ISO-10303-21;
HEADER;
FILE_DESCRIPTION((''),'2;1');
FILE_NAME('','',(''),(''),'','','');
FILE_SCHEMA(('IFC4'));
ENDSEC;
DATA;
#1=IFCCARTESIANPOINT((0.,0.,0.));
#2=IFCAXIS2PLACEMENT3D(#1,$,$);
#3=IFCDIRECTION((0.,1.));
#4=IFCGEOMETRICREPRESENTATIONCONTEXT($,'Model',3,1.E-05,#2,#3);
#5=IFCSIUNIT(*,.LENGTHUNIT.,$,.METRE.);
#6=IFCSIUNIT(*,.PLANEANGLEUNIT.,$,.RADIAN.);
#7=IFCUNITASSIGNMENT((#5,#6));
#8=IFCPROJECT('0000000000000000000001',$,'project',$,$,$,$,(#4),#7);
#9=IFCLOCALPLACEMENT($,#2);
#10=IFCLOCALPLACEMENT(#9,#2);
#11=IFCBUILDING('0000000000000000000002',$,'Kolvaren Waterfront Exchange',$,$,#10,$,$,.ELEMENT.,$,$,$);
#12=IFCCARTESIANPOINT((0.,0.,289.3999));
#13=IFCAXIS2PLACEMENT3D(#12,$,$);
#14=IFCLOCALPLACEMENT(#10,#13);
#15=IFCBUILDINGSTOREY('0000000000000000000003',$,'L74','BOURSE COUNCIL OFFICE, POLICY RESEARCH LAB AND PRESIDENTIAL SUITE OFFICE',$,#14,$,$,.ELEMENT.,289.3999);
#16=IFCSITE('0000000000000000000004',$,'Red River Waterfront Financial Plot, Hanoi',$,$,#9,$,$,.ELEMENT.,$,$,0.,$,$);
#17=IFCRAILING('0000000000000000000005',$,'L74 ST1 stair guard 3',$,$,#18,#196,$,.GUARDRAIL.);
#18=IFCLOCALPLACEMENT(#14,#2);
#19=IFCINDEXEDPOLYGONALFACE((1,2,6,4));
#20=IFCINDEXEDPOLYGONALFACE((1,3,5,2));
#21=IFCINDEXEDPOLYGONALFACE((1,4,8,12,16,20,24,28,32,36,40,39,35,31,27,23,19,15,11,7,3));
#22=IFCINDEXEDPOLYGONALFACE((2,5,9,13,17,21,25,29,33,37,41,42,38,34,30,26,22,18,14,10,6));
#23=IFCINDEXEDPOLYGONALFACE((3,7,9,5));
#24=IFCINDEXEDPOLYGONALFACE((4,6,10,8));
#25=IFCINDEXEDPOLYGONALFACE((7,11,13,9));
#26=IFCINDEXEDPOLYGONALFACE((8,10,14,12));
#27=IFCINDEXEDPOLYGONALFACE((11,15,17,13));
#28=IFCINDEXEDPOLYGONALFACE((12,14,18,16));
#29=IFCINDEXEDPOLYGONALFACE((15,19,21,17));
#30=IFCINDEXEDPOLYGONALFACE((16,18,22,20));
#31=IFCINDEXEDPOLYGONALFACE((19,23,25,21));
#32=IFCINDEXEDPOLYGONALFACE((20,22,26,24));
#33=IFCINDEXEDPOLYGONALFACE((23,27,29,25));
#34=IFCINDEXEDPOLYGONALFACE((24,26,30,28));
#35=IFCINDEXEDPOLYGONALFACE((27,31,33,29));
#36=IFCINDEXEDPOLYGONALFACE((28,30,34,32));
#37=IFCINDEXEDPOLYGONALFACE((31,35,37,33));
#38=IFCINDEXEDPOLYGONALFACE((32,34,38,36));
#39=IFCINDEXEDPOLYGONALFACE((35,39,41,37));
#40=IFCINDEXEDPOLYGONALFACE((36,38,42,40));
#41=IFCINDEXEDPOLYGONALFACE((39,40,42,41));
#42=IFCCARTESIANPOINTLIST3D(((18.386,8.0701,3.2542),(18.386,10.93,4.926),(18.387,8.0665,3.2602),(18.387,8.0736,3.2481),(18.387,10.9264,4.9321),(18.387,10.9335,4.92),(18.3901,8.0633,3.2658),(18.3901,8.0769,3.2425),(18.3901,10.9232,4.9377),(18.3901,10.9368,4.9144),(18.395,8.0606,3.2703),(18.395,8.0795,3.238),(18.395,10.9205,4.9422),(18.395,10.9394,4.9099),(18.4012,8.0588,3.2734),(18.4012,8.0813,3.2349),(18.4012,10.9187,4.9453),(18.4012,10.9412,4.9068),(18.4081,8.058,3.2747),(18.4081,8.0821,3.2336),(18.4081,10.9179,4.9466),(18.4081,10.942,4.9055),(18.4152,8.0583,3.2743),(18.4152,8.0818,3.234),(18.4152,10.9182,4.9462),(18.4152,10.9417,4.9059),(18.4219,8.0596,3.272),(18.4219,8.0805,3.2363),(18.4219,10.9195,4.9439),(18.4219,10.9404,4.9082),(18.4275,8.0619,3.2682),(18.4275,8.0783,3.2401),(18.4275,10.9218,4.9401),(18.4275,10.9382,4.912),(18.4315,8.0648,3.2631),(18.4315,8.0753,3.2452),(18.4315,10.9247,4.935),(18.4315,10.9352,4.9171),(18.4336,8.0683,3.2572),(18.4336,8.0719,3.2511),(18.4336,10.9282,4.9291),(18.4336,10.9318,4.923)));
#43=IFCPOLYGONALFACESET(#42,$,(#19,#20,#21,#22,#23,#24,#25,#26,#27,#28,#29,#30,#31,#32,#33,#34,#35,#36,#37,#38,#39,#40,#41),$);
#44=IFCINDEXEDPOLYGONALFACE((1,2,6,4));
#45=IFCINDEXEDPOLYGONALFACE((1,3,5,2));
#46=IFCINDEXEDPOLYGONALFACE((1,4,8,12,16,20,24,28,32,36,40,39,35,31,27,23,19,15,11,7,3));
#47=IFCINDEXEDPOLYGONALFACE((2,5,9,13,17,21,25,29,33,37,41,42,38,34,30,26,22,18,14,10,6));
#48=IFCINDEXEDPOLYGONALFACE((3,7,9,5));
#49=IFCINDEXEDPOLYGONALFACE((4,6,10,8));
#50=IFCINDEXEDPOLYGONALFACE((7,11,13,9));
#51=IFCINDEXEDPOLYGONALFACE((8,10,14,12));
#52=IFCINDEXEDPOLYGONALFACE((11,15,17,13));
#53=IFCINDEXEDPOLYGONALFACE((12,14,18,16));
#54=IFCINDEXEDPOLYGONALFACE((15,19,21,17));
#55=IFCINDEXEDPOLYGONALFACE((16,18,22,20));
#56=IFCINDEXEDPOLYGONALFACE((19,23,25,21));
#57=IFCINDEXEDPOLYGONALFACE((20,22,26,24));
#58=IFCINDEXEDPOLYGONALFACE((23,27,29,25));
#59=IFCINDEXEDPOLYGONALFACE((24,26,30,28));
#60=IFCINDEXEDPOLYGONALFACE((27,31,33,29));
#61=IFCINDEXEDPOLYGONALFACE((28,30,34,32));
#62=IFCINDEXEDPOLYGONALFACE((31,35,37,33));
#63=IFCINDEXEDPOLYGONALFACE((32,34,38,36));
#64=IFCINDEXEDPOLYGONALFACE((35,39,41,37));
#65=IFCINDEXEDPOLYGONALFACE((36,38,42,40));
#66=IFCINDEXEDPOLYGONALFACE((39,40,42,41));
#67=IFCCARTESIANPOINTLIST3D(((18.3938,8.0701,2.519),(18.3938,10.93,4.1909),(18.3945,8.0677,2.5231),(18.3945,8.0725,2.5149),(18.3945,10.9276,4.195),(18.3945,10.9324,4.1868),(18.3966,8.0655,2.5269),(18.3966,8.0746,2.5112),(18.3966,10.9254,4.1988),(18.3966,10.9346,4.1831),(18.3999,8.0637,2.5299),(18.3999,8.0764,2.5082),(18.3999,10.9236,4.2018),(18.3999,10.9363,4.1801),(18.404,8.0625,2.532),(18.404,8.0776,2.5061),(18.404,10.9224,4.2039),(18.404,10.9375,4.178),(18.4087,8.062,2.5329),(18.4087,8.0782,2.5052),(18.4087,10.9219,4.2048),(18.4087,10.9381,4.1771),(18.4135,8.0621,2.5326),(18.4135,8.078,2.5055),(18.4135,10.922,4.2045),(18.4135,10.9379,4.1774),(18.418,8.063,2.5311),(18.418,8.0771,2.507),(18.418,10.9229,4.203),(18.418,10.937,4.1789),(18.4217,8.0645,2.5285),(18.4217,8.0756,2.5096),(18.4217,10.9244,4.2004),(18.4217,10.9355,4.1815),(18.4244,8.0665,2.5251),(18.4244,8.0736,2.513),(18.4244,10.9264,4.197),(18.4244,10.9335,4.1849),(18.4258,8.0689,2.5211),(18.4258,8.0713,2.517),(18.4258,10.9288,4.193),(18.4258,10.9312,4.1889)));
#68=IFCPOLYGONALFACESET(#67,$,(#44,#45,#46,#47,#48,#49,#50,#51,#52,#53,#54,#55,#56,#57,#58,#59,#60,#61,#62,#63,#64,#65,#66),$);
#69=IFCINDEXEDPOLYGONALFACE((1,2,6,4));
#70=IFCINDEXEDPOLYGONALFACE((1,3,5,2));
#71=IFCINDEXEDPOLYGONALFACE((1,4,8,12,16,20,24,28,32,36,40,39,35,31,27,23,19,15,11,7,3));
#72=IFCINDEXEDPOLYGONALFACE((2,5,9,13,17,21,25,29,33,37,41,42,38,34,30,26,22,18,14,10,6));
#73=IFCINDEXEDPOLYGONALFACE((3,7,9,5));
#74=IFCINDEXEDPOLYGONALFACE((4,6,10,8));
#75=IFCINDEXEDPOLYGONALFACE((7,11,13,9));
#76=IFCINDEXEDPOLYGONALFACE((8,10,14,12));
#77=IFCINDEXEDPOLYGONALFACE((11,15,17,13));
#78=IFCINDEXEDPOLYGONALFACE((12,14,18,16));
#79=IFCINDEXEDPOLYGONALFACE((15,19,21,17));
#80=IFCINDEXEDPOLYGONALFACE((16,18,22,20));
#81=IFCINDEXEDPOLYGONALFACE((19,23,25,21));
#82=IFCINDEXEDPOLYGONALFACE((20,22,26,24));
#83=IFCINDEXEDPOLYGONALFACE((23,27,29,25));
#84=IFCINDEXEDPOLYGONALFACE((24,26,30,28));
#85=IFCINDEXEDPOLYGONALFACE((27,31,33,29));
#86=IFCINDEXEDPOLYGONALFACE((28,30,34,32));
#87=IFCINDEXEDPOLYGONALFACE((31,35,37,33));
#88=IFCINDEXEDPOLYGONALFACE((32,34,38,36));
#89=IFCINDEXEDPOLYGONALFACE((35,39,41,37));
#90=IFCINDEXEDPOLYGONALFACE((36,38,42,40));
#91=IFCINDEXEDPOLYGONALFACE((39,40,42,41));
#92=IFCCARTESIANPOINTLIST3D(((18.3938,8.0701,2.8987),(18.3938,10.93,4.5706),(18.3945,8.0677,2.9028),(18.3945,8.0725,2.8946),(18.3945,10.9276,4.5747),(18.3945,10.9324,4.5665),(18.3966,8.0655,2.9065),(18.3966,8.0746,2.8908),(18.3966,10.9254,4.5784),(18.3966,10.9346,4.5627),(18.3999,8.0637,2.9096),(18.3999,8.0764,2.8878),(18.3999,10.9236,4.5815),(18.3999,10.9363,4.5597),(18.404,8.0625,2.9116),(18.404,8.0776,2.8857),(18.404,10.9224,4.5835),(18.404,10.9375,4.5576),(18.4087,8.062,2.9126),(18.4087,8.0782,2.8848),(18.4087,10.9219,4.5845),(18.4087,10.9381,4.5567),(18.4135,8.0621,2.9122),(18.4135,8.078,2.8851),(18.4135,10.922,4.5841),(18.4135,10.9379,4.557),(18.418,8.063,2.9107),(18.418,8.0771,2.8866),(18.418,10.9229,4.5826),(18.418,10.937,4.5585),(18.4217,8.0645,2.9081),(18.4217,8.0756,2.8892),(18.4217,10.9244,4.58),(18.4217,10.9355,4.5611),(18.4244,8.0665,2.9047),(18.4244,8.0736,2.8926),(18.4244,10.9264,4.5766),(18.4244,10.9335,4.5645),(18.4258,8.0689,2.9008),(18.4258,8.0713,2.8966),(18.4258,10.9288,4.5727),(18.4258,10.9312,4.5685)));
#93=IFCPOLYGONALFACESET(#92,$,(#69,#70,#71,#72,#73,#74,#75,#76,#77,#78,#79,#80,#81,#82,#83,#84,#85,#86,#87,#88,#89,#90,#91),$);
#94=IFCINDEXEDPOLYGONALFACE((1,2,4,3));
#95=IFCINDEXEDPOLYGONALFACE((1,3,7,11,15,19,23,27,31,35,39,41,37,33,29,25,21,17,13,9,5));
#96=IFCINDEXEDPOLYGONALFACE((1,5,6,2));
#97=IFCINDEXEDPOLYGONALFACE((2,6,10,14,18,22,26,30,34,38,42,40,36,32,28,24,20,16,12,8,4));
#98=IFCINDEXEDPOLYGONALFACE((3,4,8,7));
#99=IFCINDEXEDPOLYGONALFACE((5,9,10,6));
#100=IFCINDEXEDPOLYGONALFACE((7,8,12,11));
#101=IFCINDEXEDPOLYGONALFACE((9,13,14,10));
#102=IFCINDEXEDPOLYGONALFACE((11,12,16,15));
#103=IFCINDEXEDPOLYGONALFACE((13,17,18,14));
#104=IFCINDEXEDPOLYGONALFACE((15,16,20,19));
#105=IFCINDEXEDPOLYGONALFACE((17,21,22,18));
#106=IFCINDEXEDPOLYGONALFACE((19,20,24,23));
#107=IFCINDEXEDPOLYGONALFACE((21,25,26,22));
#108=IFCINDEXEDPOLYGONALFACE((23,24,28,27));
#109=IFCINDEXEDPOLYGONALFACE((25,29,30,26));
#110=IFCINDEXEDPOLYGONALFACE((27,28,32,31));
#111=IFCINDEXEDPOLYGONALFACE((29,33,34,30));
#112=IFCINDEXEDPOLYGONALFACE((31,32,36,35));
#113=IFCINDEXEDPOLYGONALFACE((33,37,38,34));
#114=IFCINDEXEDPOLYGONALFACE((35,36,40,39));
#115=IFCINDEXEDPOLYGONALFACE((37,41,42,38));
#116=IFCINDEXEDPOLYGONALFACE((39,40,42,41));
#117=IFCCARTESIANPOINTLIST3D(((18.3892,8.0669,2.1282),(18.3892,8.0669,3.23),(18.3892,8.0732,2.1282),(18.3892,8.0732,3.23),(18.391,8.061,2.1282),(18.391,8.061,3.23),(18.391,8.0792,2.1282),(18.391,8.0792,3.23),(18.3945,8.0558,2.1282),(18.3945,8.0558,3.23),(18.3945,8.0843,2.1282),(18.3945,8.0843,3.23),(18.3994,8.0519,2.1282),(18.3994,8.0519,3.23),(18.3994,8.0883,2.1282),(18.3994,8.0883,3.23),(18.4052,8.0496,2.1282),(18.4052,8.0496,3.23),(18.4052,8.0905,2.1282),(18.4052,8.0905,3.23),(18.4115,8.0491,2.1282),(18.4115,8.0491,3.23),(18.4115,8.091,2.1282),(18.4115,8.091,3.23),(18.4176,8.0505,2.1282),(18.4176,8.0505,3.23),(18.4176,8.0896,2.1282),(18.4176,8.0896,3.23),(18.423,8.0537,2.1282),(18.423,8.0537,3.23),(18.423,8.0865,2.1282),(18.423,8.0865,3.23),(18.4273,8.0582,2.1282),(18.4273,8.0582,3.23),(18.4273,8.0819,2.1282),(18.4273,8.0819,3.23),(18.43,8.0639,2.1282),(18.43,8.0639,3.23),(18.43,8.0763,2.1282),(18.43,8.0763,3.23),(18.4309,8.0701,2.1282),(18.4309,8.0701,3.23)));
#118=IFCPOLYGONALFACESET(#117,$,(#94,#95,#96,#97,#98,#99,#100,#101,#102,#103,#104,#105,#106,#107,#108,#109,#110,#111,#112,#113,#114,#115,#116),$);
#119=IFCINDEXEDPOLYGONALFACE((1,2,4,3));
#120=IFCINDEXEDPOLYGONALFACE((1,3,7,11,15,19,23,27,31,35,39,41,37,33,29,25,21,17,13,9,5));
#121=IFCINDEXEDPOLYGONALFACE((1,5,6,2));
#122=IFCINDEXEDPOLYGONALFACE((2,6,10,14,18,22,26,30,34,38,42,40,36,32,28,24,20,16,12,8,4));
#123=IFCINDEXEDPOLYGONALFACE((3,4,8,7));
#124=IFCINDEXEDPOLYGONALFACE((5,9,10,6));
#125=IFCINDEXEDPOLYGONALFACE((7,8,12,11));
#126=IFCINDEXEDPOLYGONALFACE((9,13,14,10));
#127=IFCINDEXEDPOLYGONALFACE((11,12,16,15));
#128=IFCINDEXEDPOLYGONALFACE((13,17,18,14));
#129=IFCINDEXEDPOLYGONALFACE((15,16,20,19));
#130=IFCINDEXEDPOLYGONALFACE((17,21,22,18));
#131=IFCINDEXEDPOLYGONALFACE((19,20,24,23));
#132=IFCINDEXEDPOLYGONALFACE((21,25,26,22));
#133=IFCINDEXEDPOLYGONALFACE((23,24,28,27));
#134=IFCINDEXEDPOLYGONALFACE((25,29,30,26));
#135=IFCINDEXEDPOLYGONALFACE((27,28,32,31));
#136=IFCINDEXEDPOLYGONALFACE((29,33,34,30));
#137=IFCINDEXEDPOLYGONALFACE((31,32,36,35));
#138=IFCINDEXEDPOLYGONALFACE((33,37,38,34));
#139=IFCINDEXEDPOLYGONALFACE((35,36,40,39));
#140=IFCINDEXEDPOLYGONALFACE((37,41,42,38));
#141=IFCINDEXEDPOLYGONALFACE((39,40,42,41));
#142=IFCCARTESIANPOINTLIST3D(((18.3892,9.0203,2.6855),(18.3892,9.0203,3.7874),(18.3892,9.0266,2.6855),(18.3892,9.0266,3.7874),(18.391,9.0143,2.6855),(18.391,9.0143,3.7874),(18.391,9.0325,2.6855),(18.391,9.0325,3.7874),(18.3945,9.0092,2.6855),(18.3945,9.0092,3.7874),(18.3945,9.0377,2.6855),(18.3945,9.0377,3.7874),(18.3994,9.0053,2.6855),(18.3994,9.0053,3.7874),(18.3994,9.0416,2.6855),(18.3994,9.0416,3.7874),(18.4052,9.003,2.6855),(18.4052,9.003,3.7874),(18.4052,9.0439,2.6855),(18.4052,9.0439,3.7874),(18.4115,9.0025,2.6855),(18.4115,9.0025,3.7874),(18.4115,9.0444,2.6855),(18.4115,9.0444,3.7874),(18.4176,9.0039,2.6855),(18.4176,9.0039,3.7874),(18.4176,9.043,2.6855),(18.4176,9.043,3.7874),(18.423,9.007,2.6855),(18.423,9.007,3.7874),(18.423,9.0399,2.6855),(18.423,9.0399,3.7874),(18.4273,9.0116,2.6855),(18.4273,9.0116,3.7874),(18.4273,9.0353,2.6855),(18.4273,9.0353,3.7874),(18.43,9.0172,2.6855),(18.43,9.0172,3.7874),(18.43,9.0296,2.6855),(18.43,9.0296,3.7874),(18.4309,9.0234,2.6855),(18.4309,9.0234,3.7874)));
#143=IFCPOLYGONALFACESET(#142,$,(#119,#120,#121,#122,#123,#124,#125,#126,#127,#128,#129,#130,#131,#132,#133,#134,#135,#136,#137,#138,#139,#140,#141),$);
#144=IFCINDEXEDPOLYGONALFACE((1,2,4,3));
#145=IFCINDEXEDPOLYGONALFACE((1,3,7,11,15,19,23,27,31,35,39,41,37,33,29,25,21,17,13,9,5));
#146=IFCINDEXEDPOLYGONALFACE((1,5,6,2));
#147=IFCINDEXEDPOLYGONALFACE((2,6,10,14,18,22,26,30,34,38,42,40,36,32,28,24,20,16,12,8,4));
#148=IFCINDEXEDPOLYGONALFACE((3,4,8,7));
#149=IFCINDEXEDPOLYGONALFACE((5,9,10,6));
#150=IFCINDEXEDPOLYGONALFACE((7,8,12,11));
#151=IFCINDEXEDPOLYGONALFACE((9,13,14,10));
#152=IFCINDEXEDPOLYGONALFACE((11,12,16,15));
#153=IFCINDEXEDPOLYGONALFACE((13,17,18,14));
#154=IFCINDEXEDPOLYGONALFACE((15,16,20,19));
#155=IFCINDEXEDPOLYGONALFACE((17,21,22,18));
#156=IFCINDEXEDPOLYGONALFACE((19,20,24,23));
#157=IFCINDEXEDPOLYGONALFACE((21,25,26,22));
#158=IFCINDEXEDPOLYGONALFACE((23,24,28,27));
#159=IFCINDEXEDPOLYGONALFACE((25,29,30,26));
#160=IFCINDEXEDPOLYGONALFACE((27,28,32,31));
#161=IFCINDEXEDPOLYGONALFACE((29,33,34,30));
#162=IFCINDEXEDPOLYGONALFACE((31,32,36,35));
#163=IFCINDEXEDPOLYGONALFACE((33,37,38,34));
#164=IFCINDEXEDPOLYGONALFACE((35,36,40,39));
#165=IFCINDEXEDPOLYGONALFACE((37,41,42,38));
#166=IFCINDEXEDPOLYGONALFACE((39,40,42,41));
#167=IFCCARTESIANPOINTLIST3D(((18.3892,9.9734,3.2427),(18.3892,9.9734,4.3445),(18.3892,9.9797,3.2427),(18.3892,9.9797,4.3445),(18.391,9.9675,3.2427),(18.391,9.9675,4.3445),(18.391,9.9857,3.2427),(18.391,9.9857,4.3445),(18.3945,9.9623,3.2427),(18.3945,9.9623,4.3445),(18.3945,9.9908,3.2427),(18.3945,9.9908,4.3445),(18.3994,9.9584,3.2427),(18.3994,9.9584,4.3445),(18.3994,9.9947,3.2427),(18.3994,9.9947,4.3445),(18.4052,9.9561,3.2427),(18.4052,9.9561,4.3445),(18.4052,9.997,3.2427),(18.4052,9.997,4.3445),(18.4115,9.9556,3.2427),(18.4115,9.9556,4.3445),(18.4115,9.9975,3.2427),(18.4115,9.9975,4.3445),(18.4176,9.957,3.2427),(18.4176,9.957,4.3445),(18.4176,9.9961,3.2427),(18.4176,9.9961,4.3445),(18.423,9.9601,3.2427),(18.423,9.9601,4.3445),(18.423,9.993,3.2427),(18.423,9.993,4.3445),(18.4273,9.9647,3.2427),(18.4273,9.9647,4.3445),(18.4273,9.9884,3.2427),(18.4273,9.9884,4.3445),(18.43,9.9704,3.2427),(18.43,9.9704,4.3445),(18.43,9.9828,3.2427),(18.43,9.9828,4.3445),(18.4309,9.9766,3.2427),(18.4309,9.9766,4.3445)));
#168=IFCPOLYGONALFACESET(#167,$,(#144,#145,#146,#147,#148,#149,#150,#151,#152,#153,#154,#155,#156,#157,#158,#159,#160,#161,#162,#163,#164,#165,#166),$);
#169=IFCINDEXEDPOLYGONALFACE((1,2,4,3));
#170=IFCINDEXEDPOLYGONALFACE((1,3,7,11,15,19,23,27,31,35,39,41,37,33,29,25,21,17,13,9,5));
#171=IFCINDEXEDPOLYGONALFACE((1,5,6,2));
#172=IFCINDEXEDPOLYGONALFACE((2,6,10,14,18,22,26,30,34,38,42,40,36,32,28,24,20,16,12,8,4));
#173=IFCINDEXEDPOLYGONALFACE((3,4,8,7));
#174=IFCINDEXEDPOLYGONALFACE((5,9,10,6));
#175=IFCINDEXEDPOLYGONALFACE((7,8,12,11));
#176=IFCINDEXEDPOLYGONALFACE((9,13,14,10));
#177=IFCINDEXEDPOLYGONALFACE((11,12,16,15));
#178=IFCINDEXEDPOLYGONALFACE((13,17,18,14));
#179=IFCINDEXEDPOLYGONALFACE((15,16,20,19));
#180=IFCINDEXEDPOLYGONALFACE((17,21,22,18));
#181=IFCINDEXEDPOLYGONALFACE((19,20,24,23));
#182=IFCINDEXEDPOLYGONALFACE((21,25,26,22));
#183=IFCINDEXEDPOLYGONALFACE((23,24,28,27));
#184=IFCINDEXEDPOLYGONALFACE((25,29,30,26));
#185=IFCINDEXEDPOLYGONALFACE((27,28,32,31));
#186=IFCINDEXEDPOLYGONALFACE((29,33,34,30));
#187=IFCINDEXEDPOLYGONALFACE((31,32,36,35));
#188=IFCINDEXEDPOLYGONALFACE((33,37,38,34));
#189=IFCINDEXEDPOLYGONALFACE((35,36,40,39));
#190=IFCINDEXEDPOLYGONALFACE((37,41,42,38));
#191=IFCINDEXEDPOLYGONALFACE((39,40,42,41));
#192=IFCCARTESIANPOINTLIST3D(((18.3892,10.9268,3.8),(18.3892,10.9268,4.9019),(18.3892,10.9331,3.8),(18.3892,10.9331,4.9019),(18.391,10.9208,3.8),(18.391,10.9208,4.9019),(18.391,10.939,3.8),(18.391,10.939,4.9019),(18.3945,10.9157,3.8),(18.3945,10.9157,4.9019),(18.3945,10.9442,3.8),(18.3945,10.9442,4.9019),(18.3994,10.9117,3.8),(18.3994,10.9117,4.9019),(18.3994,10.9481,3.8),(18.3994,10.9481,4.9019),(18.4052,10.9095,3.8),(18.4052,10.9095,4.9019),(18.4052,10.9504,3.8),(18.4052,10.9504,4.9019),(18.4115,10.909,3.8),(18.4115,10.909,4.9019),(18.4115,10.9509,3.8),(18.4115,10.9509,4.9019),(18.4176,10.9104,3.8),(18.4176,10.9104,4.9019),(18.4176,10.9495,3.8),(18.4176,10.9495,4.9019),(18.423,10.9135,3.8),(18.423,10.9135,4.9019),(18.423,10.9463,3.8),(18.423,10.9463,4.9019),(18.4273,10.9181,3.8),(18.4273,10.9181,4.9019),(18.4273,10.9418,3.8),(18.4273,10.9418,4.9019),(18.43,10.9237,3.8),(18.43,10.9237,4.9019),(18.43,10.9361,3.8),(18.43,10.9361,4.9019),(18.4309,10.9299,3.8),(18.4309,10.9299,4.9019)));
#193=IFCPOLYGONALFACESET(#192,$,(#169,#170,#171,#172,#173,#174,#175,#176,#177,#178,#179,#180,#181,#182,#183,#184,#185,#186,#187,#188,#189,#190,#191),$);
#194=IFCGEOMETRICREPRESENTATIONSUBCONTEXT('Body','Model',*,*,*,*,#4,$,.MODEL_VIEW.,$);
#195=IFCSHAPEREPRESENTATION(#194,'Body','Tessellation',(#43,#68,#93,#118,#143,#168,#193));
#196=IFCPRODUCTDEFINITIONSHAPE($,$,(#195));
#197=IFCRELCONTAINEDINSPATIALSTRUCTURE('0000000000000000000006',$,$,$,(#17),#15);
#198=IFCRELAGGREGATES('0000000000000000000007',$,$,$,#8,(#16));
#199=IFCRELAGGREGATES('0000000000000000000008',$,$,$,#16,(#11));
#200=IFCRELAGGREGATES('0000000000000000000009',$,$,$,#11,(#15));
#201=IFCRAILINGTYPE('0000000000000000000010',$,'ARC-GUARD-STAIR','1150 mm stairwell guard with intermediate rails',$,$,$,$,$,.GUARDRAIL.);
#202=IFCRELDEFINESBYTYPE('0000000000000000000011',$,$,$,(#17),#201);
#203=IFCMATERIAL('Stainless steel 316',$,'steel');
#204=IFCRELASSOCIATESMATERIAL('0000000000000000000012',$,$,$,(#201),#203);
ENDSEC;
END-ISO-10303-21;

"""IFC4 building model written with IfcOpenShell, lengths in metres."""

from ifc_helpers import new_model, si_unit, direction, frame, origin, origin_2d, place, context, subcontext, project, spatial, circle, extrude, material, type_object, element, save


model = new_model("IFC4")

# Units and contexts
model_context = context("Model", 3, precision=1e-05, world=origin(), true_north=direction((0.0, 1.0)))
body_context = subcontext(model_context, "Body", "Model", "MODEL_VIEW")
ifc_project = project(units=[si_unit("LENGTHUNIT", "METRE"), si_unit("PLANEANGLEUNIT", "RADIAN")], contexts=[model_context])

# Site, building, storey
site_placement = place(None, origin())
site = spatial("IfcSite", under=ifc_project, at=site_placement, Name="Red River Waterfront Financial Plot, Hanoi", CompositionType="ELEMENT", RefElevation=0.0)
building_placement = place(site_placement, origin())
building = spatial("IfcBuilding", under=site, at=building_placement, Name="Kolvaren Waterfront Exchange", CompositionType="ELEMENT")
storey_placement = place(building_placement, frame((0.0, 0.0, 289.3999)))
storey = spatial("IfcBuildingStorey", under=building, at=storey_placement, Name="L74", Description="BOURSE COUNCIL OFFICE, POLICY RESEARCH LAB AND PRESIDENTIAL SUITE OFFICE", CompositionType="ELEMENT", Elevation=289.3999)

# Railing
ifc_material_1 = material(Name="Stainless steel 316", Category="steel")
railing_type_1 = type_object("IfcRailingType", Name="ARC-GUARD-STAIR", Description="1150 mm stairwell guard with intermediate rails", PredefinedType="GUARDRAIL", material=ifc_material_1)
railing_1_placement = place(storey_placement, frame((18.4099, 8.0701, 2.1282)))
element("IfcRailing", 1, at=railing_1_placement, inside=storey, type_object=railing_type_1, Name="L74 ST1 stair guard 3", PredefinedType="GUARDRAIL", context=body_context, shape_type="SweptSolid", body=[
    extrude(circle(Radius=0.0239, at=origin_2d()), frame((0.0, 0.0, 1.126), z_axis=(0.0, 0.863303, 0.504686), x_axis=(-1.0, 0.0, 0.0)), (0.0, 0.0, 1.0), 3.3127),
    extrude(circle(Radius=0.0161, at=origin_2d()), frame((0.0, 0.0, 0.3909), z_axis=(0.0, 0.863303, 0.504686), x_axis=(-1.0, 0.0, 0.0)), (0.0, 0.0, 1.0), 3.3127),
    extrude(circle(Radius=0.0161, at=origin_2d()), frame((0.0, 0.0, 0.7705), z_axis=(0.0, 0.863303, 0.504686), x_axis=(-1.0, 0.0, 0.0)), (0.0, 0.0, 1.0), 3.3127),
    extrude(circle(Radius=0.021, at=origin_2d()), origin(), (0.0, 0.0, 1.0), 1.1018),
    extrude(circle(Radius=0.021, at=origin_2d()), frame((0.0, 0.9534, 0.5574)), (0.0, 0.0, 1.0), 1.1018),
    extrude(circle(Radius=0.021, at=origin_2d()), frame((0.0, 1.9065, 1.1145)), (0.0, 0.0, 1.0), 1.1018),
    extrude(circle(Radius=0.021, at=origin_2d()), frame((0.0, 2.8599, 1.6719)), (0.0, 0.0, 1.0), 1.1018),
])

save(model, "model.ifc")
